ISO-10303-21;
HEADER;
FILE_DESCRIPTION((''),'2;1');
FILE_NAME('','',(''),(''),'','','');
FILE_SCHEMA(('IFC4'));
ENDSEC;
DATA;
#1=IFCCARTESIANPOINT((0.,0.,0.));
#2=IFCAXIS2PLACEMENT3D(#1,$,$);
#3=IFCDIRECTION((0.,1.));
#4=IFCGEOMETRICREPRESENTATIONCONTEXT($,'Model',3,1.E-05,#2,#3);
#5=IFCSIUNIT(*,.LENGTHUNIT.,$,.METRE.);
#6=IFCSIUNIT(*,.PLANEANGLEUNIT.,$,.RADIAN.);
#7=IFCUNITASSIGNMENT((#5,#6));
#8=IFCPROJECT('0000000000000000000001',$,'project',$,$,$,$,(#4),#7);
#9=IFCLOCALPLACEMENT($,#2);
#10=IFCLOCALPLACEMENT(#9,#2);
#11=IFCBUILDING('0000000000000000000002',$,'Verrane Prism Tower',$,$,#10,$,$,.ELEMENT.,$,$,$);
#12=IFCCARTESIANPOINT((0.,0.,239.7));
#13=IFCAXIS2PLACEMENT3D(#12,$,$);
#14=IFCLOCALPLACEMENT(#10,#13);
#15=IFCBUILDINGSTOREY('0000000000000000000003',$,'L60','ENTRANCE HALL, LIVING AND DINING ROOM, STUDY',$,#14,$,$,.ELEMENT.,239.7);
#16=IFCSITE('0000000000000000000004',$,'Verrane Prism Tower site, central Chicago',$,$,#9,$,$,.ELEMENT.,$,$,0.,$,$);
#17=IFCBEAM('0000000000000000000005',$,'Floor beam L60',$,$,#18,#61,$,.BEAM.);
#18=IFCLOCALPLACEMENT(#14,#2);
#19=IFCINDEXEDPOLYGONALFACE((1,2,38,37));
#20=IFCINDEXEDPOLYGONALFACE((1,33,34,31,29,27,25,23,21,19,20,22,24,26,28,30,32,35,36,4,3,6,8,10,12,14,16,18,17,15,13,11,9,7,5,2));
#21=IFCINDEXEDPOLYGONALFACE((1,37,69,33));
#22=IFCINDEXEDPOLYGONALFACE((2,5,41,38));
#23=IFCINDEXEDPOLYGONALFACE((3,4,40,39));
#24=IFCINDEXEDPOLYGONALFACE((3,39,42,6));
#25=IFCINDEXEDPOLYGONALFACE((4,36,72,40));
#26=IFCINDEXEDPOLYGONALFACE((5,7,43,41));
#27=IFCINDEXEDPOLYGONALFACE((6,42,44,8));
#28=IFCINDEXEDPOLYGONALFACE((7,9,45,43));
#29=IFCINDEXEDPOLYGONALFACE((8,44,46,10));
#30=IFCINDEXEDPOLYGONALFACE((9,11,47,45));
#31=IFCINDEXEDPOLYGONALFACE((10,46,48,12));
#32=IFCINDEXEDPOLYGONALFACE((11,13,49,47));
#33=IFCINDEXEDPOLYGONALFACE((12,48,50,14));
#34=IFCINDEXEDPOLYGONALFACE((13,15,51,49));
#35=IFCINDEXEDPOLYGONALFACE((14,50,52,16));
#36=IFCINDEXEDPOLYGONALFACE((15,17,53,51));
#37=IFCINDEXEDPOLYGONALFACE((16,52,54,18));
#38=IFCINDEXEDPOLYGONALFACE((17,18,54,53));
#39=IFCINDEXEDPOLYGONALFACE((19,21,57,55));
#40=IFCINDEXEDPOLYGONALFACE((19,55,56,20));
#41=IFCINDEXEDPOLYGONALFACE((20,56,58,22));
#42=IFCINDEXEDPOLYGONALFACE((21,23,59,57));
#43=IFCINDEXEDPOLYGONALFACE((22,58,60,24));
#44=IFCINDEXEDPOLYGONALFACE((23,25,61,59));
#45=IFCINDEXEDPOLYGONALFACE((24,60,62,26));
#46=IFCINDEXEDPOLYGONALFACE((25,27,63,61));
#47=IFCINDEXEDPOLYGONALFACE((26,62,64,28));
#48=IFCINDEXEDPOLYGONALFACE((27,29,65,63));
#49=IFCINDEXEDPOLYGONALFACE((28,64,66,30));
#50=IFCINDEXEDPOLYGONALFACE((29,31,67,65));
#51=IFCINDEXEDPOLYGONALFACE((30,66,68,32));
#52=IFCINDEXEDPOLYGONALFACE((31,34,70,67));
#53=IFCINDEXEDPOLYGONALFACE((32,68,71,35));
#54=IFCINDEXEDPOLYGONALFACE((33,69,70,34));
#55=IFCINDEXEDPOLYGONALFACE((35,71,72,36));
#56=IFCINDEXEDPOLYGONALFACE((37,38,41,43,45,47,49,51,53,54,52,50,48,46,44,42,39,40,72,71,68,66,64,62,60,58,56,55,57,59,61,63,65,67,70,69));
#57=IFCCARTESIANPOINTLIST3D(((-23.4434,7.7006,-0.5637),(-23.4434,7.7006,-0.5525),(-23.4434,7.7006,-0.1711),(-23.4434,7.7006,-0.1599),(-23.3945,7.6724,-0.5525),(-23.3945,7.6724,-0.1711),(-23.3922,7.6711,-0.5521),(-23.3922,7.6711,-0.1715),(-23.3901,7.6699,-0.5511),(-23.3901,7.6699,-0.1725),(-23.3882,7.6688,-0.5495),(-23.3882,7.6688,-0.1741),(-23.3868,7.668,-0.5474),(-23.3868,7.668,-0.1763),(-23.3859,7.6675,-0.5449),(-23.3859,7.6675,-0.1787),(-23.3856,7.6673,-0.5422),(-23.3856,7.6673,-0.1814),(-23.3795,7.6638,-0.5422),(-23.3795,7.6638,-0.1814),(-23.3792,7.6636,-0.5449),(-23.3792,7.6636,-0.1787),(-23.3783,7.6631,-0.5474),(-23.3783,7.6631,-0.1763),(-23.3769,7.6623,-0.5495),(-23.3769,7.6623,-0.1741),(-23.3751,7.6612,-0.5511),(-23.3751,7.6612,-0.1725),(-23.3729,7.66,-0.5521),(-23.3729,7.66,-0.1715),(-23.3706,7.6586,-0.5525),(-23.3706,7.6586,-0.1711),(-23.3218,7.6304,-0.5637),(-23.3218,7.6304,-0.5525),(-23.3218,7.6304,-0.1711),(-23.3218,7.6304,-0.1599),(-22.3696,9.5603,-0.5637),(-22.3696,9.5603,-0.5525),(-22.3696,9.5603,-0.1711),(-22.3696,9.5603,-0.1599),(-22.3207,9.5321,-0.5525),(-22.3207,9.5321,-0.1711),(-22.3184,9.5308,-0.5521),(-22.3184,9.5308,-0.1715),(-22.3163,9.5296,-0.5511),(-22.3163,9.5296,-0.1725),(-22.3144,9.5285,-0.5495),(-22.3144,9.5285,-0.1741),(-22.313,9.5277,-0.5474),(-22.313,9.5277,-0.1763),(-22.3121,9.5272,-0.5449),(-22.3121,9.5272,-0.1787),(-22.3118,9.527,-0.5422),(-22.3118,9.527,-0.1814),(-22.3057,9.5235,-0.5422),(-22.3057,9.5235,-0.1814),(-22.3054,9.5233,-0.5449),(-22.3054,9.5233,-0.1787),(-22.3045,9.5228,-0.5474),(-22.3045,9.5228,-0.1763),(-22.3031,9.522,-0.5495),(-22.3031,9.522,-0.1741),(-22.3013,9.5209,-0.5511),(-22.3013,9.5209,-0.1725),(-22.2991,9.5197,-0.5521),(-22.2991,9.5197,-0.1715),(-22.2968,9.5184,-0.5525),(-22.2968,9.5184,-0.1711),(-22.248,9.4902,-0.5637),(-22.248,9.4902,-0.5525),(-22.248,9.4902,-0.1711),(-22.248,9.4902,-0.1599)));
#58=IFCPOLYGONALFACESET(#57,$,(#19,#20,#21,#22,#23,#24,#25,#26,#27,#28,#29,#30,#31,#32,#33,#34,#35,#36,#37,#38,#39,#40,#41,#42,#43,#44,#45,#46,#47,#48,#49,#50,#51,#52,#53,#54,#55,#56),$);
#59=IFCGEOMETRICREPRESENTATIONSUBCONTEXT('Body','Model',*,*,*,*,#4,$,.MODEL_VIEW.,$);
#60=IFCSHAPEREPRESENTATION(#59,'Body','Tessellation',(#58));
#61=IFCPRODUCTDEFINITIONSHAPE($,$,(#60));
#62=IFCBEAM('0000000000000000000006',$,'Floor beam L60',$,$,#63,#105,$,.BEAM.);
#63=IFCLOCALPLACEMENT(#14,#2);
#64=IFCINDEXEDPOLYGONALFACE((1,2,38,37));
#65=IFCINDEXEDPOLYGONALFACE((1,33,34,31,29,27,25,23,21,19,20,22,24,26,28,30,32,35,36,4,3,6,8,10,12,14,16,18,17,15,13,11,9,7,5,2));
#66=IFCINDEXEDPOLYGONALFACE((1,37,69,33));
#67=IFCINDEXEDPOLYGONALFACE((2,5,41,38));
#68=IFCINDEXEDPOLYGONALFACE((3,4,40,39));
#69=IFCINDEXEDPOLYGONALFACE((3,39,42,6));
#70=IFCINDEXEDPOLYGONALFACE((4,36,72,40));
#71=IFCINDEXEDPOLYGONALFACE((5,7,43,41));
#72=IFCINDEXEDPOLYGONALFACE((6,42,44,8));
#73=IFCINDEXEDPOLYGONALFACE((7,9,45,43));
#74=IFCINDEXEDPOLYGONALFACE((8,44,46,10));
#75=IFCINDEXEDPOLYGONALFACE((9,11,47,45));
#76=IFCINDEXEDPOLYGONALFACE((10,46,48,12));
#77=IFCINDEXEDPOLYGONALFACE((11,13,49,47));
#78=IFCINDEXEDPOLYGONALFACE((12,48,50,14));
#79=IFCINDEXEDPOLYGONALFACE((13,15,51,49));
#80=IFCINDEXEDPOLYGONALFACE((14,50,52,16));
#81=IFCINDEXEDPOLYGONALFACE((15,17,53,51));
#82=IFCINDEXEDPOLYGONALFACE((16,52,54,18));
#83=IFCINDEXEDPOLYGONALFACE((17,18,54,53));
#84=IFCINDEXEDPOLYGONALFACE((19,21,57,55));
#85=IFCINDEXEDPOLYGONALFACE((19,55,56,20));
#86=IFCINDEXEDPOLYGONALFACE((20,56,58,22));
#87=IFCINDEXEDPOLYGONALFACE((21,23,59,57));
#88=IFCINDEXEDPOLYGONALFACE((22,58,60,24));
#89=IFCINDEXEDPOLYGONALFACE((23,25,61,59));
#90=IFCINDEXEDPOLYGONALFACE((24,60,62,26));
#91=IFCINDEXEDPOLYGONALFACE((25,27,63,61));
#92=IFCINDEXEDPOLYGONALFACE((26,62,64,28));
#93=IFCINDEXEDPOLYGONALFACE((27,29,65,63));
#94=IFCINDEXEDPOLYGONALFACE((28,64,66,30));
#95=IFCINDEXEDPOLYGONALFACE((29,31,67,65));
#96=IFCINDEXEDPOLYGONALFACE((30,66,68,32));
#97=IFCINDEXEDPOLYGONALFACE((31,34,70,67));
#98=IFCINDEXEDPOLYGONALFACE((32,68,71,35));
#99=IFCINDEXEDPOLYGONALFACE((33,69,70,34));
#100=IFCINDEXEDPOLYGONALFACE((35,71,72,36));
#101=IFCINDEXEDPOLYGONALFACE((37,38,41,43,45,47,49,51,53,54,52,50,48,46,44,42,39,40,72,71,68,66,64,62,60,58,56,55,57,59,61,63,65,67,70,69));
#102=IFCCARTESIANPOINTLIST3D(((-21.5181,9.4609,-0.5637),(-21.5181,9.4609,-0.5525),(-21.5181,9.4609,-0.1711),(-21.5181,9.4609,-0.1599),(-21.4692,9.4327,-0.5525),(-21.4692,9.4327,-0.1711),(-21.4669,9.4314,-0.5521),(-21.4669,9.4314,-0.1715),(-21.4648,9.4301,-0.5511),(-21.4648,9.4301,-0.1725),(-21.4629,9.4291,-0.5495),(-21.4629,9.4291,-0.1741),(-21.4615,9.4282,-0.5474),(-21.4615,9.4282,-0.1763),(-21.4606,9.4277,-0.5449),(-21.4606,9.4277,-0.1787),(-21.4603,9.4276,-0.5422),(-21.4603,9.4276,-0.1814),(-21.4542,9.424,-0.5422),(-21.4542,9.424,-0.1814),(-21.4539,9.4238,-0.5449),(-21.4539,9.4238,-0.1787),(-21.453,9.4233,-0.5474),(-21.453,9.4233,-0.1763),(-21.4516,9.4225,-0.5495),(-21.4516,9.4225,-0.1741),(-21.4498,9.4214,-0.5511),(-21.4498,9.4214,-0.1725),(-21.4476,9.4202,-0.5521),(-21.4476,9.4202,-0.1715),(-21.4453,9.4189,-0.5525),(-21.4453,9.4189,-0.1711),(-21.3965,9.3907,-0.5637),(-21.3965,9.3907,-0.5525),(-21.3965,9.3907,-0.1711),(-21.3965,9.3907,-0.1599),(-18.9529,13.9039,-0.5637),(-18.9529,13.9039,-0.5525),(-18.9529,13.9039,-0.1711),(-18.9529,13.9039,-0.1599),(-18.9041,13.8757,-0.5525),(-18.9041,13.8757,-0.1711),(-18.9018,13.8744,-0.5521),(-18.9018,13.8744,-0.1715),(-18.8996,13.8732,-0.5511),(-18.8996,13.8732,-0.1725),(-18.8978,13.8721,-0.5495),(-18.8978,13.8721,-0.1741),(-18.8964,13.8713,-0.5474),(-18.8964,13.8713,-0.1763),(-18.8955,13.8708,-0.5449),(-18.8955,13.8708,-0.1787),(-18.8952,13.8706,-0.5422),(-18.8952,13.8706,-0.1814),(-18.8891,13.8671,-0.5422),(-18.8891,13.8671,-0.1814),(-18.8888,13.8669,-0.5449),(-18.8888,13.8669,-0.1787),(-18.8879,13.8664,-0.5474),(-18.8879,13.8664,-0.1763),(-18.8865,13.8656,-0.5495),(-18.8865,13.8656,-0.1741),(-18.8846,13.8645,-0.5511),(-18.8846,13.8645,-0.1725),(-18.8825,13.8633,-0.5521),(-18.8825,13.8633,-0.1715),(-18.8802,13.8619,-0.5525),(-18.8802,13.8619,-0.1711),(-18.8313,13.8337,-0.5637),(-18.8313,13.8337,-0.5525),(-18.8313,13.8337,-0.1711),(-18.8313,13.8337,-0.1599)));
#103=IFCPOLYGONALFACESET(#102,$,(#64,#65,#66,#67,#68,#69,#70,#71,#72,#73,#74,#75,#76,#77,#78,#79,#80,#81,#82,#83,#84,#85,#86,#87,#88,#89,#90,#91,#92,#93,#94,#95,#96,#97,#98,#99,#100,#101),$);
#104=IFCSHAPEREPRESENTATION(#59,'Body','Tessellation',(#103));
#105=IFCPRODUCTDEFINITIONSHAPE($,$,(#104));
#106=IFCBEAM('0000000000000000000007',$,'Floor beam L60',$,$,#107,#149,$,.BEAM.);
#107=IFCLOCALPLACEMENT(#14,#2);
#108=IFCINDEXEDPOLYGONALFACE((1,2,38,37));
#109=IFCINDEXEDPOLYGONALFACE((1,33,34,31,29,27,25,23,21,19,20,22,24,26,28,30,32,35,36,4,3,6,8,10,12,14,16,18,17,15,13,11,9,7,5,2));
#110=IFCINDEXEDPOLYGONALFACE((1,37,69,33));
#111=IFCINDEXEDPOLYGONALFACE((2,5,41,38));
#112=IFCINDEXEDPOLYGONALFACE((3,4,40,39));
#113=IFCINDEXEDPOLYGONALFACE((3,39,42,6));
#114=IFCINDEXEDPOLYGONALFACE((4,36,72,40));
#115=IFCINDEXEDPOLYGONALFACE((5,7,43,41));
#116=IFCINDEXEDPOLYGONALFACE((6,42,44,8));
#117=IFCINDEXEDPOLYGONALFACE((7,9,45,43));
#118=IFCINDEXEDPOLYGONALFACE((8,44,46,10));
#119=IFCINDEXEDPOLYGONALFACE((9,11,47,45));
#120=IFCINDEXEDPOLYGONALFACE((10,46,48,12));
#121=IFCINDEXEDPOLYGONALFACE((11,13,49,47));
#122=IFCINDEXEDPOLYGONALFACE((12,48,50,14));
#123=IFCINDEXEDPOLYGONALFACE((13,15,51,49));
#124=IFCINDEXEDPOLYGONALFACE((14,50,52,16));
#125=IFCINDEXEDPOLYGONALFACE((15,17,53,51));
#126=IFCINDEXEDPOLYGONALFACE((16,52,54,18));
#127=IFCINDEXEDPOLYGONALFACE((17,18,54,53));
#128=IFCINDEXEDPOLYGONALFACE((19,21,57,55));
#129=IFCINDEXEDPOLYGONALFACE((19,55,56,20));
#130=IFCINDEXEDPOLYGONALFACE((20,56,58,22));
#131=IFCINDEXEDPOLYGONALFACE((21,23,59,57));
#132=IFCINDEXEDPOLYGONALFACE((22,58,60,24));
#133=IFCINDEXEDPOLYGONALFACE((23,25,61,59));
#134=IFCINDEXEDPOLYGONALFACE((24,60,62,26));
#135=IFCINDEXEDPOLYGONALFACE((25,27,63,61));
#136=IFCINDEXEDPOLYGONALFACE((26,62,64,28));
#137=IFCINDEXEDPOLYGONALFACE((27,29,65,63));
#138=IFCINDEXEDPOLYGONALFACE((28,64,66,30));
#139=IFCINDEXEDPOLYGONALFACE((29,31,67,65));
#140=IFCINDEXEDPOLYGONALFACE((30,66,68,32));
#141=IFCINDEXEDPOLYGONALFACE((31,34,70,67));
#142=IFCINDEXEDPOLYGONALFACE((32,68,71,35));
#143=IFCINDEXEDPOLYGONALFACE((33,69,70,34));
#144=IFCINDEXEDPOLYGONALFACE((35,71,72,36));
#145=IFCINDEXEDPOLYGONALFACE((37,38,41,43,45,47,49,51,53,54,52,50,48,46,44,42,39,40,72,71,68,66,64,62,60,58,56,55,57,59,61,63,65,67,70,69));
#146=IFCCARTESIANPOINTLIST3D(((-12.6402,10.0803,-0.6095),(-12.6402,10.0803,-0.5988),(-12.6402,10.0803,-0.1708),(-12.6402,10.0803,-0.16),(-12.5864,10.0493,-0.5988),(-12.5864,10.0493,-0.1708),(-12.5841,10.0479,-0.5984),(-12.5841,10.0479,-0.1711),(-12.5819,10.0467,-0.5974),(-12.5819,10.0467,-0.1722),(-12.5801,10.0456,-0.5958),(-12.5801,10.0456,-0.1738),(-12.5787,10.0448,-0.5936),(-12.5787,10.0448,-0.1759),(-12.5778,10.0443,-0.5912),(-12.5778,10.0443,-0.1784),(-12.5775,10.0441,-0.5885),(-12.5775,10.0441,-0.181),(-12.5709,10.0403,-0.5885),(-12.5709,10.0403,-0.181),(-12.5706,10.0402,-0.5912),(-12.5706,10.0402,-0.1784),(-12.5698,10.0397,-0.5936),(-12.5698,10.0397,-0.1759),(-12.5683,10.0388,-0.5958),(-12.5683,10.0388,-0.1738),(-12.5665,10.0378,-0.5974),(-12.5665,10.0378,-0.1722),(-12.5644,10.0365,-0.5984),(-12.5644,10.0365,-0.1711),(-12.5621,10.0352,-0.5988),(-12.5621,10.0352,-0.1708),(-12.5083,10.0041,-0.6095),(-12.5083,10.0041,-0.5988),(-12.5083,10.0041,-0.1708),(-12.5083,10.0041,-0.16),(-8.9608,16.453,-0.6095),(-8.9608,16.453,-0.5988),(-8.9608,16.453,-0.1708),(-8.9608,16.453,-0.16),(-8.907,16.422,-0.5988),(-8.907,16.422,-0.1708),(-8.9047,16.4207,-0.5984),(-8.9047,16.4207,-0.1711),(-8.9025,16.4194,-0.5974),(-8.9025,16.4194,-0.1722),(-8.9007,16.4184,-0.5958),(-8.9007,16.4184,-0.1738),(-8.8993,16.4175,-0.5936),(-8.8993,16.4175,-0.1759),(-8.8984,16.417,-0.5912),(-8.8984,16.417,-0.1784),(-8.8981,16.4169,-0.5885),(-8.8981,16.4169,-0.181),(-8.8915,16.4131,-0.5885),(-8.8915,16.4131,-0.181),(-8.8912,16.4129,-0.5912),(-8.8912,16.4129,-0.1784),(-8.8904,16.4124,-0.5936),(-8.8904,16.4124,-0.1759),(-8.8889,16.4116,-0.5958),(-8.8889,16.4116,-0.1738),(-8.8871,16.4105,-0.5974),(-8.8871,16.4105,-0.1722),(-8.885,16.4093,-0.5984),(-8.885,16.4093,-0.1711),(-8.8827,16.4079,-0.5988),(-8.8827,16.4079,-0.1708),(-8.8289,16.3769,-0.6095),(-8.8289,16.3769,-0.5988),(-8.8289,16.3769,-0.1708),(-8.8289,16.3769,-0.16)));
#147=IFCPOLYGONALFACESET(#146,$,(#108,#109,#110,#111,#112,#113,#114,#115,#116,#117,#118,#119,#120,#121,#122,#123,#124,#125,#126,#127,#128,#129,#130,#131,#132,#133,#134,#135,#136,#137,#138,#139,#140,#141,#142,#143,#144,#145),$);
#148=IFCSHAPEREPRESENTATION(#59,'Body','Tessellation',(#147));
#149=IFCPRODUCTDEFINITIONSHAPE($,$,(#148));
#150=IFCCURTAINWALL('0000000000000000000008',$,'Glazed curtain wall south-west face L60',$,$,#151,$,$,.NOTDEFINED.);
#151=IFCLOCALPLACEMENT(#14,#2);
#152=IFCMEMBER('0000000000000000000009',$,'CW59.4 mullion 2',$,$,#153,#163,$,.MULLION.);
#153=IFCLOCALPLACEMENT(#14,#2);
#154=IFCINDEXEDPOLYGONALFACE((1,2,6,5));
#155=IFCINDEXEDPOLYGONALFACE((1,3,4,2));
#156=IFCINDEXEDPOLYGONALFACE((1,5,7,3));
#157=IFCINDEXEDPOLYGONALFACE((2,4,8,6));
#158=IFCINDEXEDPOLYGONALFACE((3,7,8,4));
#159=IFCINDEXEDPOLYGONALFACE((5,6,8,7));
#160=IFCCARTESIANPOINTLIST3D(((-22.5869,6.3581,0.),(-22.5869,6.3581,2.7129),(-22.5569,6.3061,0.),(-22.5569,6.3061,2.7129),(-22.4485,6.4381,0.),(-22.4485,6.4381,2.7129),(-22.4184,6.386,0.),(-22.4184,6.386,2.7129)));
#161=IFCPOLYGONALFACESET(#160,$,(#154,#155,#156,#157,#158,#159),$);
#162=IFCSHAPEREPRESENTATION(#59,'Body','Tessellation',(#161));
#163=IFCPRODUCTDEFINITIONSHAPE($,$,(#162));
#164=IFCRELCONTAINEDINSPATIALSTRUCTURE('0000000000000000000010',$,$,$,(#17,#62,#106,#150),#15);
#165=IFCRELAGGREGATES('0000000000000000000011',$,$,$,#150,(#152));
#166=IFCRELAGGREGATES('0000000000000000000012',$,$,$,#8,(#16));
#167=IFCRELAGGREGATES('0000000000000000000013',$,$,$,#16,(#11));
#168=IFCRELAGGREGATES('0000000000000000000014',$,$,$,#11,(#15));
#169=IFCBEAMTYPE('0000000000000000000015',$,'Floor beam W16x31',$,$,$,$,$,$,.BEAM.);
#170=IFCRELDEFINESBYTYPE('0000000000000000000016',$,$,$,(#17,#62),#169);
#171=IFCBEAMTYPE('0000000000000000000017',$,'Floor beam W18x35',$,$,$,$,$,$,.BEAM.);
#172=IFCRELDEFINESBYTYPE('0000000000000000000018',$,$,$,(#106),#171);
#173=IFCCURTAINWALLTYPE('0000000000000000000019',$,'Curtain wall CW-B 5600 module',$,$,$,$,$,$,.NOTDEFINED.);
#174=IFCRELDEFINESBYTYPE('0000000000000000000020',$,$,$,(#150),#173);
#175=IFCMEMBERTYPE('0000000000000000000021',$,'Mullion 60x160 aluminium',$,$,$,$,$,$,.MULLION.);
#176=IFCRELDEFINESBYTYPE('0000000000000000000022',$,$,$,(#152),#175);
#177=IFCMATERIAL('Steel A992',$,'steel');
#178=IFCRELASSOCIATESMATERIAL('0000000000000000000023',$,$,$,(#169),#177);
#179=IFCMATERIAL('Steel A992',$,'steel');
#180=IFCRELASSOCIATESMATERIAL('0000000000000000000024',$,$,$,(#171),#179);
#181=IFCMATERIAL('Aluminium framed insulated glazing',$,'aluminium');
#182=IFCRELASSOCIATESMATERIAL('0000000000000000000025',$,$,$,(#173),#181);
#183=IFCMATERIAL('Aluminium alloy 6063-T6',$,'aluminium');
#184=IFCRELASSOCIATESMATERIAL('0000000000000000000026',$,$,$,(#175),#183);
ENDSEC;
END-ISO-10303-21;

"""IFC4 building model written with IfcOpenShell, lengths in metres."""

from ifc_helpers import new_model, si_unit, direction, frame, origin, origin_2d, place, context, subcontext, project, spatial, rectangle, i_section, extrude, material, material_profile, profile_set, type_object, element, aggregate, save


model = new_model("IFC4")

# Units and contexts
model_context = context("Model", 3, precision=1e-05, world=origin(), true_north=direction((0.0, 1.0)))
body_context = subcontext(model_context, "Body", "Model", "MODEL_VIEW")
ifc_project = project(units=[si_unit("LENGTHUNIT", "METRE"), si_unit("PLANEANGLEUNIT", "RADIAN")], contexts=[model_context])

# Site, building, storey
site_placement = place(None, origin())
site = spatial("IfcSite", under=ifc_project, at=site_placement, Name="Verrane Prism Tower site, central Chicago", CompositionType="ELEMENT", RefElevation=0.0)
building_placement = place(site_placement, origin())
building = spatial("IfcBuilding", under=site, at=building_placement, Name="Verrane Prism Tower", CompositionType="ELEMENT")
storey_placement = place(building_placement, frame((0.0, 0.0, 239.7)))
storey = spatial("IfcBuildingStorey", under=building, at=storey_placement, Name="L60", Description="ENTRANCE HALL, LIVING AND DINING ROOM, STUDY", CompositionType="ELEMENT", Elevation=239.7)

# Beams
ifc_material_1 = material(Name="Steel A992", Category="steel")
ifc_material_profile_1 = material_profile(ifc_material_1, i_section(OverallWidth=0.1404, OverallDepth=0.4038, WebThickness=0.0071, FlangeThickness=0.0112, FilletRadius=0.0103, at=origin_2d()), Name="W16x31")
ifc_profile_set_1 = profile_set([ifc_material_profile_1], Name="Steel A992")
beam_type_1 = type_object("IfcBeamType", Name="Floor beam W16x31", PredefinedType="BEAM", material=ifc_profile_set_1)
beam_1_placement = place(storey_placement, frame((-23.3826, 7.6655, -0.3618), z_axis=(0.500028, 0.86601, 0.0), x_axis=(-0.86601, 0.500028, 0.0)))
element("IfcBeam", 1, at=beam_1_placement, inside=storey, type_object=beam_type_1, Name="Floor beam L60", PredefinedType="BEAM", context=body_context, shape_type="SweptSolid", body=[
    extrude(i_section(OverallWidth=0.1404, OverallDepth=0.4038, WebThickness=0.0071, FlangeThickness=0.0112, FilletRadius=0.0103, at=origin_2d()), origin(), (0.0, 0.0, 1.0), 2.1475),
])
beam_2_placement = place(storey_placement, frame((-21.4573, 9.4258, -0.3618), z_axis=(0.499993, 0.866029, 0.0), x_axis=(-0.866029, 0.499993, 0.0)))
element("IfcBeam", 2, at=beam_2_placement, inside=storey, type_object=beam_type_1, Name="Floor beam L60", PredefinedType="BEAM", context=body_context, shape_type="SweptSolid", body=[
    extrude(i_section(OverallWidth=0.1404, OverallDepth=0.4038, WebThickness=0.0071, FlangeThickness=0.0112, FilletRadius=0.0103, at=origin_2d()), origin(), (0.0, 0.0, 1.0), 5.1304),
])
ifc_material_2 = material(Name="Steel A992", Category="steel")
ifc_material_profile_2 = material_profile(ifc_material_2, i_section(OverallWidth=0.1523, OverallDepth=0.4495, WebThickness=0.0076, FlangeThickness=0.0107, FilletRadius=0.0103, at=origin_2d()), Name="W18x35")
ifc_profile_set_2 = profile_set([ifc_material_profile_2], Name="Steel A992")
beam_type_2 = type_object("IfcBeamType", Name="Floor beam W18x35", PredefinedType="BEAM", material=ifc_profile_set_2)
beam_3_placement = place(storey_placement, frame((-12.5742, 10.0422, -0.3848), z_axis=(0.500011, 0.866019, 0.0), x_axis=(-0.866019, 0.500011, 0.0)))
element("IfcBeam", 3, at=beam_3_placement, inside=storey, type_object=beam_type_2, Name="Floor beam L60", PredefinedType="BEAM", context=body_context, shape_type="SweptSolid", body=[
    extrude(i_section(OverallWidth=0.1523, OverallDepth=0.4495, WebThickness=0.0076, FlangeThickness=0.0107, FilletRadius=0.0103, at=origin_2d()), origin(), (0.0, 0.0, 1.0), 7.3586),
])

# Curtain wall, member
ifc_material_3 = material(Name="Aluminium framed insulated glazing", Category="aluminium")
curtain_wall_type = type_object("IfcCurtainWallType", Name="Curtain wall CW-B 5600 module", PredefinedType="NOTDEFINED", material=ifc_material_3)
curtain_wall_placement = place(storey_placement, origin())
curtain_wall = element("IfcCurtainWall", 4, at=curtain_wall_placement, inside=storey, type_object=curtain_wall_type, Name="Glazed curtain wall south-west face L60", PredefinedType="NOTDEFINED")
ifc_material_4 = material(Name="Aluminium alloy 6063-T6", Category="aluminium")
ifc_material_profile_3 = material_profile(ifc_material_4, rectangle(XDim=0.1599, YDim=0.0601, at=origin_2d()), Name="Mullion 60x160 aluminium")
ifc_profile_set_3 = profile_set([ifc_material_profile_3], Name="Aluminium alloy 6063-T6")
member_type_1 = type_object("IfcMemberType", Name="Mullion 60x160 aluminium", PredefinedType="MULLION", material=ifc_profile_set_3)
member_1_placement = place(storey_placement, frame((-22.5027, 6.3721, 0.0), z_axis=(0.0, 0.0, 1.0), x_axis=(0.866026, 0.499999, 0.0)))
member_1 = element("IfcMember", 5, at=member_1_placement, type_object=member_type_1, Name="CW59.4 mullion 2", PredefinedType="MULLION", context=body_context, shape_type="SweptSolid", body=[
    extrude(rectangle(XDim=0.1599, YDim=0.0601, at=origin_2d()), origin(), (0.0, 0.0, 1.0), 2.7129),
])

aggregate(curtain_wall, [member_1])

save(model, "model.ifc")
